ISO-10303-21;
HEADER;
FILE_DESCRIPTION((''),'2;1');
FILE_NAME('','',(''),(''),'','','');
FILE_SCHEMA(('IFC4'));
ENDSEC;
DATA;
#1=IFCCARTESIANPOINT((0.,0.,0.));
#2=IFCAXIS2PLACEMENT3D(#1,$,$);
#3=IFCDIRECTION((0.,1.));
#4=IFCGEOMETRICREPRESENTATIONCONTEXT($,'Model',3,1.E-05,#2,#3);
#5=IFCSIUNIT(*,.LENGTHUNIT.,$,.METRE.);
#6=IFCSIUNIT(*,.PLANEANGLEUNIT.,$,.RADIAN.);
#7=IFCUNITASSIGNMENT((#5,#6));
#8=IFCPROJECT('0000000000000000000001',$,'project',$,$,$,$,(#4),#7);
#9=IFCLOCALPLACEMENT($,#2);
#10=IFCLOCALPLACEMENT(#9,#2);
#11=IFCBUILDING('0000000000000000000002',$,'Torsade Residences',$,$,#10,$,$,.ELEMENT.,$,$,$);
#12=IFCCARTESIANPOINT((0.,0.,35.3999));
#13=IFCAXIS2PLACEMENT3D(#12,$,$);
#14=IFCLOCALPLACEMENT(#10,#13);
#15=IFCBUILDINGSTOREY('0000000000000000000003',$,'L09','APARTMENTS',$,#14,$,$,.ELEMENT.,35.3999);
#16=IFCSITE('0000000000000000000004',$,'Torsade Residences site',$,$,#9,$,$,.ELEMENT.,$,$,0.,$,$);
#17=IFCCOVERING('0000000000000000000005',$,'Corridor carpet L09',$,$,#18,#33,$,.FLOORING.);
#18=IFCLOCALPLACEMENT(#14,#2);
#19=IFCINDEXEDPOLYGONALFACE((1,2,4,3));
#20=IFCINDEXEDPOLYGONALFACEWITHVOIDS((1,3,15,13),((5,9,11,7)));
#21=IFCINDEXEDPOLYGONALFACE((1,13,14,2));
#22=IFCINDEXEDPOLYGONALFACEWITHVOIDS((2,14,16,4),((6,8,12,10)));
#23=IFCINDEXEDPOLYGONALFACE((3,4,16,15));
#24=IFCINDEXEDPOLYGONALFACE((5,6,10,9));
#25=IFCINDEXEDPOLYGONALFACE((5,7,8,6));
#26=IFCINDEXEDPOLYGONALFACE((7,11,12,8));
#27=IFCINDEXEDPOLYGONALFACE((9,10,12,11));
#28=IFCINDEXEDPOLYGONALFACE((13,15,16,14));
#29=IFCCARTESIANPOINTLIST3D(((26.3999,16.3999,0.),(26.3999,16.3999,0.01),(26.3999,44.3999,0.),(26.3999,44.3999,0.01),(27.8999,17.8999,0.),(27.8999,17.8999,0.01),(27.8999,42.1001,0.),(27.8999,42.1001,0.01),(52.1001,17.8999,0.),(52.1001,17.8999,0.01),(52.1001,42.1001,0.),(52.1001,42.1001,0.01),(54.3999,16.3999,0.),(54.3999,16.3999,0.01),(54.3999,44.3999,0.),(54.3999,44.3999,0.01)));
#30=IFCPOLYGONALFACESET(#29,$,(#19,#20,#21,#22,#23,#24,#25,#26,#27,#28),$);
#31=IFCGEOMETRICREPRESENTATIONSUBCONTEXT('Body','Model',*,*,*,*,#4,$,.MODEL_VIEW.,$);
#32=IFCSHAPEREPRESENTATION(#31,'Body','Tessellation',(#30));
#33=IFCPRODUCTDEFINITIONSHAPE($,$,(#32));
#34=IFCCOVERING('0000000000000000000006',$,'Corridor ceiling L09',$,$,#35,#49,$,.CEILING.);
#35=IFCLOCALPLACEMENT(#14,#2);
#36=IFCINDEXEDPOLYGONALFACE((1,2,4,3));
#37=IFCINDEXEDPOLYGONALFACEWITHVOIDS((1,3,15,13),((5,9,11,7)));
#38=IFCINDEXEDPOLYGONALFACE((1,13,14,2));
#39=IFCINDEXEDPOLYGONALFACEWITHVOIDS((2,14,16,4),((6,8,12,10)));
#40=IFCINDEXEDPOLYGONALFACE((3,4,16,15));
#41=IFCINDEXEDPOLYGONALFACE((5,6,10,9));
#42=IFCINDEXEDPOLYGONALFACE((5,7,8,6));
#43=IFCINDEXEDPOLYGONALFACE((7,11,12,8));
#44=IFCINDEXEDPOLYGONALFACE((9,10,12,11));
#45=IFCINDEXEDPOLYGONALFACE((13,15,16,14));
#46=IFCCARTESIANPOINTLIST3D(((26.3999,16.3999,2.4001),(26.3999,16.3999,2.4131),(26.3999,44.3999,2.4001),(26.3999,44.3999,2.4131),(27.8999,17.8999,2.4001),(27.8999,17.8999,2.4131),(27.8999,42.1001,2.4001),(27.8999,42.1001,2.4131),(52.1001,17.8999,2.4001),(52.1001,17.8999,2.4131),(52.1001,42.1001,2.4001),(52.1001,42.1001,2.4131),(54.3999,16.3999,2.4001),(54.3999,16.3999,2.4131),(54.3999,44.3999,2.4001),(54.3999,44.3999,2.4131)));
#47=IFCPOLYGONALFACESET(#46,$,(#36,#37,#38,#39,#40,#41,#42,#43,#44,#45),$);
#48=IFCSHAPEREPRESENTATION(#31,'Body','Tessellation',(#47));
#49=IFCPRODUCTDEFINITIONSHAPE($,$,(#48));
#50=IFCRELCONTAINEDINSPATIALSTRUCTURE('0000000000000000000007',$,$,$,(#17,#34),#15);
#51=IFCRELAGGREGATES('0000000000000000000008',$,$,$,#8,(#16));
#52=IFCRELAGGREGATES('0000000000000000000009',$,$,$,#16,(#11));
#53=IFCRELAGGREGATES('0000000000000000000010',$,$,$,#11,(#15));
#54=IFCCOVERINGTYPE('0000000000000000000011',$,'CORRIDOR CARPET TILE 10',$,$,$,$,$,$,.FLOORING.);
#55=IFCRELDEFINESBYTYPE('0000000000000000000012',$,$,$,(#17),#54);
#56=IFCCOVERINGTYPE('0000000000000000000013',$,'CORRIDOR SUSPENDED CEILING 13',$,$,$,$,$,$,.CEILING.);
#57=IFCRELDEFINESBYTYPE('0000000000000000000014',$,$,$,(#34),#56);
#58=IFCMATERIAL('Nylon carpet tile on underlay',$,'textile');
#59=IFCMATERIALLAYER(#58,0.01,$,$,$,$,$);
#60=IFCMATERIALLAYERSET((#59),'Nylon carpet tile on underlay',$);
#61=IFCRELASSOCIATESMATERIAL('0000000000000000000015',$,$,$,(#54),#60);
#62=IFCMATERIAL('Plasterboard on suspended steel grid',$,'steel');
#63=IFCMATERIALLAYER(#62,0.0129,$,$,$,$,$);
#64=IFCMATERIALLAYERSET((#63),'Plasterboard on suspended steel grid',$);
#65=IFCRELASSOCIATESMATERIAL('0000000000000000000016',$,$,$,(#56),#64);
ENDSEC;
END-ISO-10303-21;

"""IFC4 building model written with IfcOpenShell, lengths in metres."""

from ifc_helpers import new_model, si_unit, direction, frame, origin, place, context, subcontext, project, spatial, polyline, outline, extrude, material, layer, layer_set, type_object, element, save


model = new_model("IFC4")

# Units and contexts
model_context = context("Model", 3, precision=1e-05, world=origin(), true_north=direction((0.0, 1.0)))
body_context = subcontext(model_context, "Body", "Model", "MODEL_VIEW")
ifc_project = project(units=[si_unit("LENGTHUNIT", "METRE"), si_unit("PLANEANGLEUNIT", "RADIAN")], contexts=[model_context])

# Site, building, storey
site_placement = place(None, origin())
site = spatial("IfcSite", under=ifc_project, at=site_placement, Name="Torsade Residences site", CompositionType="ELEMENT", RefElevation=0.0)
building_placement = place(site_placement, origin())
building = spatial("IfcBuilding", under=site, at=building_placement, Name="Torsade Residences", CompositionType="ELEMENT")
storey_placement = place(building_placement, frame((0.0, 0.0, 35.3999)))
storey = spatial("IfcBuildingStorey", under=building, at=storey_placement, Name="L09", Description="APARTMENTS", CompositionType="ELEMENT", Elevation=35.3999)

# Coverings
ifc_material_1 = material(Name="Nylon carpet tile on underlay", Category="textile")
ifc_layer_1 = layer(ifc_material_1, 0.01)
ifc_layer_set_1 = layer_set([ifc_layer_1], Name="Nylon carpet tile on underlay")
covering_type_1 = type_object("IfcCoveringType", Name="CORRIDOR CARPET TILE 10", PredefinedType="FLOORING", material=ifc_layer_set_1)
covering_1_placement = place(storey_placement, origin())
element("IfcCovering", 1, at=covering_1_placement, inside=storey, type_object=covering_type_1, Name="Corridor carpet L09", PredefinedType="FLOORING", context=body_context, shape_type="SweptSolid", body=[
    extrude(outline(polyline([(54.3999, 16.3999), (54.3999, 44.3999), (26.3999, 44.3999), (26.3999, 16.3999), (54.3999, 16.3999)]), holes=[polyline([(52.1001, 42.1001), (27.8999, 42.1001), (27.8999, 17.8999), (52.1001, 17.8999), (52.1001, 42.1001)])]), origin(), (0.0, 0.0, 1.0), 0.01),
])
ifc_material_2 = material(Name="Plasterboard on suspended steel grid", Category="steel")
ifc_layer_2 = layer(ifc_material_2, 0.0129)
ifc_layer_set_2 = layer_set([ifc_layer_2], Name="Plasterboard on suspended steel grid")
covering_type_2 = type_object("IfcCoveringType", Name="CORRIDOR SUSPENDED CEILING 13", PredefinedType="CEILING", material=ifc_layer_set_2)
covering_2_placement = place(storey_placement, frame((0.0, 0.0, 2.4001)))
element("IfcCovering", 2, at=covering_2_placement, inside=storey, type_object=covering_type_2, Name="Corridor ceiling L09", PredefinedType="CEILING", context=body_context, shape_type="SweptSolid", body=[
    extrude(outline(polyline([(54.3999, 16.3999), (54.3999, 44.3999), (26.3999, 44.3999), (26.3999, 16.3999), (54.3999, 16.3999)]), holes=[polyline([(52.1001, 42.1001), (27.8999, 42.1001), (27.8999, 17.8999), (52.1001, 17.8999), (52.1001, 42.1001)])]), origin(), (0.0, 0.0, 1.0), 0.0129),
])

save(model, "model.ifc")
